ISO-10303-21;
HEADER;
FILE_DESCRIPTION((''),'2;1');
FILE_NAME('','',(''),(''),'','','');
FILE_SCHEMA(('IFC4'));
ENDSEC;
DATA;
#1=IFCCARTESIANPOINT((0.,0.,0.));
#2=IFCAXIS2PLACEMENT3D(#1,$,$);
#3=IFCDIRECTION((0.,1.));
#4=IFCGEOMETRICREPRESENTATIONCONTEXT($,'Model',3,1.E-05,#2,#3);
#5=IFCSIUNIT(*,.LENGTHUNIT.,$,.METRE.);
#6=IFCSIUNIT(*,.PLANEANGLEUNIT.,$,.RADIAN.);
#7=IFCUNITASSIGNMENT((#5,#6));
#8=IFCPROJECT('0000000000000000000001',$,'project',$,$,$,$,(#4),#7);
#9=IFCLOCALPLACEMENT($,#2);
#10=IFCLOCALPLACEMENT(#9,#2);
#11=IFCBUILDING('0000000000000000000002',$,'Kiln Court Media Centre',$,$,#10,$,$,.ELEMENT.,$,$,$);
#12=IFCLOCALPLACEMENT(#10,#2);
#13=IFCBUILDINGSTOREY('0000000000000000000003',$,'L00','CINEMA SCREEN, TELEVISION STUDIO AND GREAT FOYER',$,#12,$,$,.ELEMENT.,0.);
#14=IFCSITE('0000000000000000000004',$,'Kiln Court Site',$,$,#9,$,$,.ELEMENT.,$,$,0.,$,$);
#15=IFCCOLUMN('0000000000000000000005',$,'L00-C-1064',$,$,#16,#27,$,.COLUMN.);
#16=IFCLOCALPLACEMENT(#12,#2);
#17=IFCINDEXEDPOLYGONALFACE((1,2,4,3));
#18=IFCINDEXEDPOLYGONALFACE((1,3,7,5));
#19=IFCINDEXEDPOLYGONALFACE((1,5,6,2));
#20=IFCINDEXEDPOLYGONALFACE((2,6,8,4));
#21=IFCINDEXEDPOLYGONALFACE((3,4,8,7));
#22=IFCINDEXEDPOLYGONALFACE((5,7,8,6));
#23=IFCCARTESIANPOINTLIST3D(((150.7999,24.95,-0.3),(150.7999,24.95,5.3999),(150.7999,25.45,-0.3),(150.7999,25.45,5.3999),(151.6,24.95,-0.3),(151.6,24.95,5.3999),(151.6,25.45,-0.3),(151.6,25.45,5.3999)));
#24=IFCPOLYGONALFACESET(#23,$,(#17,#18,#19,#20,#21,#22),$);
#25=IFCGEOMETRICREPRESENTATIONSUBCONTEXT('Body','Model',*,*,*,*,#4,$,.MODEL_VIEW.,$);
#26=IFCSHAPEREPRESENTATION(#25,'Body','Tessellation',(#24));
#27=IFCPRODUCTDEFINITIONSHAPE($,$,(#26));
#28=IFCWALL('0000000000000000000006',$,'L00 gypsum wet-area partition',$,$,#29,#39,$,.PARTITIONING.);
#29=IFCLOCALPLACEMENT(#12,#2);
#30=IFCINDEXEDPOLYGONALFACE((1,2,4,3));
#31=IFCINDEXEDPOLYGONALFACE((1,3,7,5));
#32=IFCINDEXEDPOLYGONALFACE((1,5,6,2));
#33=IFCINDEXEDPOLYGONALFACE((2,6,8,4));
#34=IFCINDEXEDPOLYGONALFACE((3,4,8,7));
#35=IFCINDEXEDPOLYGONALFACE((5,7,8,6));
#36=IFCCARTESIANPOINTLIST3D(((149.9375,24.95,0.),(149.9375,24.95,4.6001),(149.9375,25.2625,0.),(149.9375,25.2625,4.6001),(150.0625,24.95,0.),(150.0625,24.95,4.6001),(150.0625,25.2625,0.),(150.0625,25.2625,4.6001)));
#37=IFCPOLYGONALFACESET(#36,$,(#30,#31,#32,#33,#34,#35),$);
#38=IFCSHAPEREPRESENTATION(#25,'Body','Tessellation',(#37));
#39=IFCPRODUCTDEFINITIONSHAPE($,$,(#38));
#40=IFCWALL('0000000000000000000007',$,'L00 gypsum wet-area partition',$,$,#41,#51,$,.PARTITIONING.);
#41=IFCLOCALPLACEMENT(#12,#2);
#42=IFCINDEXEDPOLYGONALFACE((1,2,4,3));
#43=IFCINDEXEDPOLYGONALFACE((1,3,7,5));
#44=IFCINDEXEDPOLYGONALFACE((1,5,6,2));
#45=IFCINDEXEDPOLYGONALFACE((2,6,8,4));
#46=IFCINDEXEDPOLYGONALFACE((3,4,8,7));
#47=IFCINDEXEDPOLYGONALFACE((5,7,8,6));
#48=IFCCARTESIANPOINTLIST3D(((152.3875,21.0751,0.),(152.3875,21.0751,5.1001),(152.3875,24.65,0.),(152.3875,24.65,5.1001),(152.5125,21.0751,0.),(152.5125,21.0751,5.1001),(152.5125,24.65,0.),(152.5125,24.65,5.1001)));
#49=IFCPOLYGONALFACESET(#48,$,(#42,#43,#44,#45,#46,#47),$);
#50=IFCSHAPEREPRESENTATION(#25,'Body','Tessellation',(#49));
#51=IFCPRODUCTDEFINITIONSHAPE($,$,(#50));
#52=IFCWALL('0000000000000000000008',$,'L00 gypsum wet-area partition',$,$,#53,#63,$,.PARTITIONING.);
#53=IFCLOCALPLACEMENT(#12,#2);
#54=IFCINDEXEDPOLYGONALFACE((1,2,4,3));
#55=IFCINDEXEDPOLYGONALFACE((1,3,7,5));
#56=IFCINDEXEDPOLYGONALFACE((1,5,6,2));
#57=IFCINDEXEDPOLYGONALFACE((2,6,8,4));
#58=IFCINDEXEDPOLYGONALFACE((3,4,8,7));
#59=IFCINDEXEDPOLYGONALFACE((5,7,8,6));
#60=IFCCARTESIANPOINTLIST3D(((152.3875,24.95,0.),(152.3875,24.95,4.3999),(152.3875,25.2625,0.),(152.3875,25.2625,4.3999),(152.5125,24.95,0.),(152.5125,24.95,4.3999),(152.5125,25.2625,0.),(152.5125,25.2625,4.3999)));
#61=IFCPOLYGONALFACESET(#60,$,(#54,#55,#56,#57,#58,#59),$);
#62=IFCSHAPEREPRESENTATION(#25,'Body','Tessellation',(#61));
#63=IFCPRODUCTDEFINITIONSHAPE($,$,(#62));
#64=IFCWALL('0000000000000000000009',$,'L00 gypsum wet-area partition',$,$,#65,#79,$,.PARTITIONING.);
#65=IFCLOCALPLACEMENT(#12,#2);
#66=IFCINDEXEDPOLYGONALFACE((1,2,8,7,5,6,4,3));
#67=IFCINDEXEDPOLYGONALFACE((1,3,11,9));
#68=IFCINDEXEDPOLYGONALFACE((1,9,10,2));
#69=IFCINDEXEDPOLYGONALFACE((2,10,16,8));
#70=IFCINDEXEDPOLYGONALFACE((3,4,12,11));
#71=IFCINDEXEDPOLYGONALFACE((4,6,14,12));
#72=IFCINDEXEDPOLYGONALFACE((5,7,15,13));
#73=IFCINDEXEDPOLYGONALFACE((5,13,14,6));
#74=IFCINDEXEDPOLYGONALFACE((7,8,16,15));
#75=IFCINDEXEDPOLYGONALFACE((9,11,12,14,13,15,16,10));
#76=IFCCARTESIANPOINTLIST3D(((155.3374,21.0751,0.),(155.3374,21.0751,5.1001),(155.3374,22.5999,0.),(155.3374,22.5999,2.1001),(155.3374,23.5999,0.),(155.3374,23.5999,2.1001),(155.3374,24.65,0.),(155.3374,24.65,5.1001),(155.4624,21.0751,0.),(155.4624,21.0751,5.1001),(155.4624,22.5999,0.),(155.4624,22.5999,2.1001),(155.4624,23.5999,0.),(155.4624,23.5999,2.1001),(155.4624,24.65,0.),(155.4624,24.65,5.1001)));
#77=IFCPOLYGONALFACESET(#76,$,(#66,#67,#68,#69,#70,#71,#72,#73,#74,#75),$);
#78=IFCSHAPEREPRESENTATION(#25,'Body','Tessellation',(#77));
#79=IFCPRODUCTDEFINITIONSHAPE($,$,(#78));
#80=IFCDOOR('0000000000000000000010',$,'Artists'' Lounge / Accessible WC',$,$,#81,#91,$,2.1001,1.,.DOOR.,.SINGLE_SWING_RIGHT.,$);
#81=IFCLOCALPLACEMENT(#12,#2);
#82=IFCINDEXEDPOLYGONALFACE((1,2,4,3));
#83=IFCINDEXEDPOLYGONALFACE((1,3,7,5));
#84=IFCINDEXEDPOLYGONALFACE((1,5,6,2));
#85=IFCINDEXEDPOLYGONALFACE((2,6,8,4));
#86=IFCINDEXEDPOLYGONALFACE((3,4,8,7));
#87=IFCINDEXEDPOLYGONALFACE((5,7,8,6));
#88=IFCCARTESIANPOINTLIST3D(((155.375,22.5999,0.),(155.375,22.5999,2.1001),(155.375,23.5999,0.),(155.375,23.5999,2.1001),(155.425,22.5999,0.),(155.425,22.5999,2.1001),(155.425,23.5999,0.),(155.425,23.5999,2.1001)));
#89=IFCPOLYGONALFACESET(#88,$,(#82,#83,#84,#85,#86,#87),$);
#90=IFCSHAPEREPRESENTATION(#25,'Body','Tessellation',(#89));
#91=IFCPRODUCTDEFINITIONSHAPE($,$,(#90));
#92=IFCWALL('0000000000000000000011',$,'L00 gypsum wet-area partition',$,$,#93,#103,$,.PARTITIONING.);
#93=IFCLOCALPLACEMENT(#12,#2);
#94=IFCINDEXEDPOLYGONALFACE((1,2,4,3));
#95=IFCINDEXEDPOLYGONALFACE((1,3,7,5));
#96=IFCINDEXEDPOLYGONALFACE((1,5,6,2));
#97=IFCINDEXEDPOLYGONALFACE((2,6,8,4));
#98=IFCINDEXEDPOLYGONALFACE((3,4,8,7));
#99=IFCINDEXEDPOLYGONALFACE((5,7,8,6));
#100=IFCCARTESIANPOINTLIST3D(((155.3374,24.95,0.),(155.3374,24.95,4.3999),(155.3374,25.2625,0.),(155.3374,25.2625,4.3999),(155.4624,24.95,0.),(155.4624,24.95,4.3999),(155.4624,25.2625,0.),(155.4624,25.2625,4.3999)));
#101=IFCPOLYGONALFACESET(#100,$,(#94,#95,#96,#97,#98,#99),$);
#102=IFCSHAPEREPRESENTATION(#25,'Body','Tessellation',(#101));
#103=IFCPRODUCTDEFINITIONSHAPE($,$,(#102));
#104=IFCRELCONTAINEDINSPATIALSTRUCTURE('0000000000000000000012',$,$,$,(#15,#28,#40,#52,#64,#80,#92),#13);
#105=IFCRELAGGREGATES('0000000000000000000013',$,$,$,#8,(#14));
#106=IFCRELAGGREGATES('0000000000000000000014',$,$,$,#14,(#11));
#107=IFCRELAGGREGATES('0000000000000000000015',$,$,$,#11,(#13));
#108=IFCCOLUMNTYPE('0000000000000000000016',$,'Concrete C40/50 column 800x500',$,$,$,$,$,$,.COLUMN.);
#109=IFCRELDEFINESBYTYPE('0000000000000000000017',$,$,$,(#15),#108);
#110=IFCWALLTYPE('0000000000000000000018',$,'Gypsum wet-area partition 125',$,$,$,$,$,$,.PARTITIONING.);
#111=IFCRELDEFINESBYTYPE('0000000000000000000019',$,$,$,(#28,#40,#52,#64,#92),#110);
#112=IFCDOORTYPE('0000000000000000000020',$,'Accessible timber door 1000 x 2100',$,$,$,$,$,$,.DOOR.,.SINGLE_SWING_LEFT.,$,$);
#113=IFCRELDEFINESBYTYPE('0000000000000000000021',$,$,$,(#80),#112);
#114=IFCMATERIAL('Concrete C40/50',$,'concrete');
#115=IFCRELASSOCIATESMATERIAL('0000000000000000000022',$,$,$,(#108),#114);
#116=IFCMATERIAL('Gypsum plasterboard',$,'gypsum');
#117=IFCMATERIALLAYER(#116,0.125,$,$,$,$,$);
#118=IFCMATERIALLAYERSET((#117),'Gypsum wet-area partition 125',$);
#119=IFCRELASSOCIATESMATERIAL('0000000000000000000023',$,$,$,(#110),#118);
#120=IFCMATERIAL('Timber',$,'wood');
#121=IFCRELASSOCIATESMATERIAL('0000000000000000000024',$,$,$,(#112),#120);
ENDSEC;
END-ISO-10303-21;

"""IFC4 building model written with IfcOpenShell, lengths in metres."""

from ifc_helpers import new_model, si_unit, direction, frame, frame_2d, origin, origin_2d, place, context, subcontext, project, spatial, rectangle, extrude, material, layer, layer_set, material_profile, profile_set, type_object, element, fill, save


model = new_model("IFC4")

# Units and contexts
model_context = context("Model", 3, precision=1e-05, world=origin(), true_north=direction((0.0, 1.0)))
body_context = subcontext(model_context, "Body", "Model", "MODEL_VIEW")
ifc_project = project(units=[si_unit("LENGTHUNIT", "METRE"), si_unit("PLANEANGLEUNIT", "RADIAN")], contexts=[model_context])

# Site, building, storey
site_placement = place(None, origin())
site = spatial("IfcSite", under=ifc_project, at=site_placement, Name="Kiln Court Site", CompositionType="ELEMENT", RefElevation=0.0)
building_placement = place(site_placement, origin())
building = spatial("IfcBuilding", under=site, at=building_placement, Name="Kiln Court Media Centre", CompositionType="ELEMENT")
storey_placement = place(building_placement, origin())
storey = spatial("IfcBuildingStorey", under=building, at=storey_placement, Name="L00", Description="CINEMA SCREEN, TELEVISION STUDIO AND GREAT FOYER", CompositionType="ELEMENT", Elevation=0.0)

# Column
ifc_material_1 = material(Name="Concrete C40/50", Category="concrete")
ifc_material_profile_1 = material_profile(ifc_material_1, rectangle(XDim=0.8, YDim=0.5, at=origin_2d()), Name="RC 800x500")
ifc_profile_set_1 = profile_set([ifc_material_profile_1], Name="Concrete C40/50")
column_type = type_object("IfcColumnType", Name="Concrete C40/50 column 800x500", PredefinedType="COLUMN", material=ifc_profile_set_1)
column_placement = place(storey_placement, frame((151.2, 25.2, -0.3), z_axis=(0.0, 0.0, 1.0), x_axis=(1.0, 0.0, 0.0)))
element("IfcColumn", 1, at=column_placement, inside=storey, type_object=column_type, Name="L00-C-1064", PredefinedType="COLUMN", context=body_context, shape_type="SweptSolid", body=[
    extrude(rectangle(XDim=0.8, YDim=0.5, at=origin_2d()), origin(), (0.0, 0.0, 1.0), 5.7),
])

# Walls
ifc_material_2 = material(Name="Gypsum plasterboard", Category="gypsum")
ifc_layer = layer(ifc_material_2, 0.125)
ifc_layer_set = layer_set([ifc_layer], Name="Gypsum wet-area partition 125")
wall_type = type_object("IfcWallType", Name="Gypsum wet-area partition 125", PredefinedType="PARTITIONING", material=ifc_layer_set)
wall_1_placement = place(storey_placement, frame((150.0, 24.95, 0.0), z_axis=(0.0, 0.0, 1.0), x_axis=(0.0, 1.0, 0.0)))
element("IfcWall", 2, at=wall_1_placement, inside=storey, type_object=wall_type, Name="L00 gypsum wet-area partition", PredefinedType="PARTITIONING", context=body_context, shape_type="SweptSolid", body=[
    extrude(rectangle(XDim=0.3125, YDim=0.125, at=frame_2d((0.1562, 0.0))), origin(), (0.0, 0.0, 1.0), 4.6001),
])
wall_2_placement = place(storey_placement, frame((152.45, 21.075, 0.0), z_axis=(0.0, 0.0, 1.0), x_axis=(0.0, 1.0, 0.0)))
element("IfcWall", 3, at=wall_2_placement, inside=storey, type_object=wall_type, Name="L00 gypsum wet-area partition", PredefinedType="PARTITIONING", context=body_context, shape_type="SweptSolid", body=[
    extrude(rectangle(XDim=3.575, YDim=0.125, at=frame_2d((1.7876, 0.0))), origin(), (0.0, 0.0, 1.0), 5.1001),
])
wall_3_placement = place(storey_placement, frame((152.45, 24.95, 0.0), z_axis=(0.0, 0.0, 1.0), x_axis=(0.0, 1.0, 0.0)))
element("IfcWall", 4, at=wall_3_placement, inside=storey, type_object=wall_type, Name="L00 gypsum wet-area partition", PredefinedType="PARTITIONING", context=body_context, shape_type="SweptSolid", body=[
    extrude(rectangle(XDim=0.3125, YDim=0.125, at=frame_2d((0.1562, 0.0))), origin(), (0.0, 0.0, 1.0), 4.3999),
])

# Wall, opening, door
wall_4_placement = place(storey_placement, frame((155.3999, 21.075, 0.0), z_axis=(0.0, 0.0, 1.0), x_axis=(0.0, 1.0, 0.0)))
wall_4 = element("IfcWall", 5, at=wall_4_placement, inside=storey, type_object=wall_type, Name="L00 gypsum wet-area partition", PredefinedType="PARTITIONING", context=body_context, shape_type="SweptSolid", body=[
    extrude(rectangle(XDim=3.575, YDim=0.125, at=frame_2d((1.7876, 0.0))), origin(), (0.0, 0.0, 1.0), 5.1001),
])
opening_placement = place(wall_4_placement, frame((1.5249, 0.0, 0.0)))
opening = element("IfcOpeningElement", 6, at=opening_placement, cuts=wall_4, PredefinedType="OPENING", context=body_context, shape_type="SweptSolid", body=[
    extrude(rectangle(XDim=1.0, YDim=2.1001, at=frame_2d((0.5, 1.05))), frame((0.0, 0.0725, 0.0), z_axis=(0.0, -1.0, 0.0), x_axis=(1.0, 0.0, 0.0)), (0.0, 0.0, 1.0), 0.145),
])
ifc_material_3 = material(Name="Timber", Category="wood")
door_type = type_object("IfcDoorType", Name="Accessible timber door 1000 x 2100", OperationType="SINGLE_SWING_LEFT", PredefinedType="DOOR", material=ifc_material_3)
door_placement = place(opening_placement, origin())
door = element("IfcDoor", 7, at=door_placement, inside=storey, type_object=door_type, Name="Artists' Lounge / Accessible WC", OperationType="SINGLE_SWING_RIGHT", OverallHeight=2.1001, OverallWidth=1.0, PredefinedType="DOOR", context=body_context, shape_type="SweptSolid", body=[
    extrude(rectangle(XDim=1.0, YDim=2.1001, at=frame_2d((0.5, 1.05))), frame((0.0, 0.0249, 0.0), z_axis=(0.0, -1.0, 0.0), x_axis=(1.0, 0.0, 0.0)), (0.0, 0.0, 1.0), 0.05),
])
fill(opening, door)

# Wall
wall_5_placement = place(storey_placement, frame((155.3999, 24.95, 0.0), z_axis=(0.0, 0.0, 1.0), x_axis=(0.0, 1.0, 0.0)))
element("IfcWall", 8, at=wall_5_placement, inside=storey, type_object=wall_type, Name="L00 gypsum wet-area partition", PredefinedType="PARTITIONING", context=body_context, shape_type="SweptSolid", body=[
    extrude(rectangle(XDim=0.3125, YDim=0.125, at=frame_2d((0.1562, 0.0))), origin(), (0.0, 0.0, 1.0), 4.3999),
])

save(model, "model.ifc")
